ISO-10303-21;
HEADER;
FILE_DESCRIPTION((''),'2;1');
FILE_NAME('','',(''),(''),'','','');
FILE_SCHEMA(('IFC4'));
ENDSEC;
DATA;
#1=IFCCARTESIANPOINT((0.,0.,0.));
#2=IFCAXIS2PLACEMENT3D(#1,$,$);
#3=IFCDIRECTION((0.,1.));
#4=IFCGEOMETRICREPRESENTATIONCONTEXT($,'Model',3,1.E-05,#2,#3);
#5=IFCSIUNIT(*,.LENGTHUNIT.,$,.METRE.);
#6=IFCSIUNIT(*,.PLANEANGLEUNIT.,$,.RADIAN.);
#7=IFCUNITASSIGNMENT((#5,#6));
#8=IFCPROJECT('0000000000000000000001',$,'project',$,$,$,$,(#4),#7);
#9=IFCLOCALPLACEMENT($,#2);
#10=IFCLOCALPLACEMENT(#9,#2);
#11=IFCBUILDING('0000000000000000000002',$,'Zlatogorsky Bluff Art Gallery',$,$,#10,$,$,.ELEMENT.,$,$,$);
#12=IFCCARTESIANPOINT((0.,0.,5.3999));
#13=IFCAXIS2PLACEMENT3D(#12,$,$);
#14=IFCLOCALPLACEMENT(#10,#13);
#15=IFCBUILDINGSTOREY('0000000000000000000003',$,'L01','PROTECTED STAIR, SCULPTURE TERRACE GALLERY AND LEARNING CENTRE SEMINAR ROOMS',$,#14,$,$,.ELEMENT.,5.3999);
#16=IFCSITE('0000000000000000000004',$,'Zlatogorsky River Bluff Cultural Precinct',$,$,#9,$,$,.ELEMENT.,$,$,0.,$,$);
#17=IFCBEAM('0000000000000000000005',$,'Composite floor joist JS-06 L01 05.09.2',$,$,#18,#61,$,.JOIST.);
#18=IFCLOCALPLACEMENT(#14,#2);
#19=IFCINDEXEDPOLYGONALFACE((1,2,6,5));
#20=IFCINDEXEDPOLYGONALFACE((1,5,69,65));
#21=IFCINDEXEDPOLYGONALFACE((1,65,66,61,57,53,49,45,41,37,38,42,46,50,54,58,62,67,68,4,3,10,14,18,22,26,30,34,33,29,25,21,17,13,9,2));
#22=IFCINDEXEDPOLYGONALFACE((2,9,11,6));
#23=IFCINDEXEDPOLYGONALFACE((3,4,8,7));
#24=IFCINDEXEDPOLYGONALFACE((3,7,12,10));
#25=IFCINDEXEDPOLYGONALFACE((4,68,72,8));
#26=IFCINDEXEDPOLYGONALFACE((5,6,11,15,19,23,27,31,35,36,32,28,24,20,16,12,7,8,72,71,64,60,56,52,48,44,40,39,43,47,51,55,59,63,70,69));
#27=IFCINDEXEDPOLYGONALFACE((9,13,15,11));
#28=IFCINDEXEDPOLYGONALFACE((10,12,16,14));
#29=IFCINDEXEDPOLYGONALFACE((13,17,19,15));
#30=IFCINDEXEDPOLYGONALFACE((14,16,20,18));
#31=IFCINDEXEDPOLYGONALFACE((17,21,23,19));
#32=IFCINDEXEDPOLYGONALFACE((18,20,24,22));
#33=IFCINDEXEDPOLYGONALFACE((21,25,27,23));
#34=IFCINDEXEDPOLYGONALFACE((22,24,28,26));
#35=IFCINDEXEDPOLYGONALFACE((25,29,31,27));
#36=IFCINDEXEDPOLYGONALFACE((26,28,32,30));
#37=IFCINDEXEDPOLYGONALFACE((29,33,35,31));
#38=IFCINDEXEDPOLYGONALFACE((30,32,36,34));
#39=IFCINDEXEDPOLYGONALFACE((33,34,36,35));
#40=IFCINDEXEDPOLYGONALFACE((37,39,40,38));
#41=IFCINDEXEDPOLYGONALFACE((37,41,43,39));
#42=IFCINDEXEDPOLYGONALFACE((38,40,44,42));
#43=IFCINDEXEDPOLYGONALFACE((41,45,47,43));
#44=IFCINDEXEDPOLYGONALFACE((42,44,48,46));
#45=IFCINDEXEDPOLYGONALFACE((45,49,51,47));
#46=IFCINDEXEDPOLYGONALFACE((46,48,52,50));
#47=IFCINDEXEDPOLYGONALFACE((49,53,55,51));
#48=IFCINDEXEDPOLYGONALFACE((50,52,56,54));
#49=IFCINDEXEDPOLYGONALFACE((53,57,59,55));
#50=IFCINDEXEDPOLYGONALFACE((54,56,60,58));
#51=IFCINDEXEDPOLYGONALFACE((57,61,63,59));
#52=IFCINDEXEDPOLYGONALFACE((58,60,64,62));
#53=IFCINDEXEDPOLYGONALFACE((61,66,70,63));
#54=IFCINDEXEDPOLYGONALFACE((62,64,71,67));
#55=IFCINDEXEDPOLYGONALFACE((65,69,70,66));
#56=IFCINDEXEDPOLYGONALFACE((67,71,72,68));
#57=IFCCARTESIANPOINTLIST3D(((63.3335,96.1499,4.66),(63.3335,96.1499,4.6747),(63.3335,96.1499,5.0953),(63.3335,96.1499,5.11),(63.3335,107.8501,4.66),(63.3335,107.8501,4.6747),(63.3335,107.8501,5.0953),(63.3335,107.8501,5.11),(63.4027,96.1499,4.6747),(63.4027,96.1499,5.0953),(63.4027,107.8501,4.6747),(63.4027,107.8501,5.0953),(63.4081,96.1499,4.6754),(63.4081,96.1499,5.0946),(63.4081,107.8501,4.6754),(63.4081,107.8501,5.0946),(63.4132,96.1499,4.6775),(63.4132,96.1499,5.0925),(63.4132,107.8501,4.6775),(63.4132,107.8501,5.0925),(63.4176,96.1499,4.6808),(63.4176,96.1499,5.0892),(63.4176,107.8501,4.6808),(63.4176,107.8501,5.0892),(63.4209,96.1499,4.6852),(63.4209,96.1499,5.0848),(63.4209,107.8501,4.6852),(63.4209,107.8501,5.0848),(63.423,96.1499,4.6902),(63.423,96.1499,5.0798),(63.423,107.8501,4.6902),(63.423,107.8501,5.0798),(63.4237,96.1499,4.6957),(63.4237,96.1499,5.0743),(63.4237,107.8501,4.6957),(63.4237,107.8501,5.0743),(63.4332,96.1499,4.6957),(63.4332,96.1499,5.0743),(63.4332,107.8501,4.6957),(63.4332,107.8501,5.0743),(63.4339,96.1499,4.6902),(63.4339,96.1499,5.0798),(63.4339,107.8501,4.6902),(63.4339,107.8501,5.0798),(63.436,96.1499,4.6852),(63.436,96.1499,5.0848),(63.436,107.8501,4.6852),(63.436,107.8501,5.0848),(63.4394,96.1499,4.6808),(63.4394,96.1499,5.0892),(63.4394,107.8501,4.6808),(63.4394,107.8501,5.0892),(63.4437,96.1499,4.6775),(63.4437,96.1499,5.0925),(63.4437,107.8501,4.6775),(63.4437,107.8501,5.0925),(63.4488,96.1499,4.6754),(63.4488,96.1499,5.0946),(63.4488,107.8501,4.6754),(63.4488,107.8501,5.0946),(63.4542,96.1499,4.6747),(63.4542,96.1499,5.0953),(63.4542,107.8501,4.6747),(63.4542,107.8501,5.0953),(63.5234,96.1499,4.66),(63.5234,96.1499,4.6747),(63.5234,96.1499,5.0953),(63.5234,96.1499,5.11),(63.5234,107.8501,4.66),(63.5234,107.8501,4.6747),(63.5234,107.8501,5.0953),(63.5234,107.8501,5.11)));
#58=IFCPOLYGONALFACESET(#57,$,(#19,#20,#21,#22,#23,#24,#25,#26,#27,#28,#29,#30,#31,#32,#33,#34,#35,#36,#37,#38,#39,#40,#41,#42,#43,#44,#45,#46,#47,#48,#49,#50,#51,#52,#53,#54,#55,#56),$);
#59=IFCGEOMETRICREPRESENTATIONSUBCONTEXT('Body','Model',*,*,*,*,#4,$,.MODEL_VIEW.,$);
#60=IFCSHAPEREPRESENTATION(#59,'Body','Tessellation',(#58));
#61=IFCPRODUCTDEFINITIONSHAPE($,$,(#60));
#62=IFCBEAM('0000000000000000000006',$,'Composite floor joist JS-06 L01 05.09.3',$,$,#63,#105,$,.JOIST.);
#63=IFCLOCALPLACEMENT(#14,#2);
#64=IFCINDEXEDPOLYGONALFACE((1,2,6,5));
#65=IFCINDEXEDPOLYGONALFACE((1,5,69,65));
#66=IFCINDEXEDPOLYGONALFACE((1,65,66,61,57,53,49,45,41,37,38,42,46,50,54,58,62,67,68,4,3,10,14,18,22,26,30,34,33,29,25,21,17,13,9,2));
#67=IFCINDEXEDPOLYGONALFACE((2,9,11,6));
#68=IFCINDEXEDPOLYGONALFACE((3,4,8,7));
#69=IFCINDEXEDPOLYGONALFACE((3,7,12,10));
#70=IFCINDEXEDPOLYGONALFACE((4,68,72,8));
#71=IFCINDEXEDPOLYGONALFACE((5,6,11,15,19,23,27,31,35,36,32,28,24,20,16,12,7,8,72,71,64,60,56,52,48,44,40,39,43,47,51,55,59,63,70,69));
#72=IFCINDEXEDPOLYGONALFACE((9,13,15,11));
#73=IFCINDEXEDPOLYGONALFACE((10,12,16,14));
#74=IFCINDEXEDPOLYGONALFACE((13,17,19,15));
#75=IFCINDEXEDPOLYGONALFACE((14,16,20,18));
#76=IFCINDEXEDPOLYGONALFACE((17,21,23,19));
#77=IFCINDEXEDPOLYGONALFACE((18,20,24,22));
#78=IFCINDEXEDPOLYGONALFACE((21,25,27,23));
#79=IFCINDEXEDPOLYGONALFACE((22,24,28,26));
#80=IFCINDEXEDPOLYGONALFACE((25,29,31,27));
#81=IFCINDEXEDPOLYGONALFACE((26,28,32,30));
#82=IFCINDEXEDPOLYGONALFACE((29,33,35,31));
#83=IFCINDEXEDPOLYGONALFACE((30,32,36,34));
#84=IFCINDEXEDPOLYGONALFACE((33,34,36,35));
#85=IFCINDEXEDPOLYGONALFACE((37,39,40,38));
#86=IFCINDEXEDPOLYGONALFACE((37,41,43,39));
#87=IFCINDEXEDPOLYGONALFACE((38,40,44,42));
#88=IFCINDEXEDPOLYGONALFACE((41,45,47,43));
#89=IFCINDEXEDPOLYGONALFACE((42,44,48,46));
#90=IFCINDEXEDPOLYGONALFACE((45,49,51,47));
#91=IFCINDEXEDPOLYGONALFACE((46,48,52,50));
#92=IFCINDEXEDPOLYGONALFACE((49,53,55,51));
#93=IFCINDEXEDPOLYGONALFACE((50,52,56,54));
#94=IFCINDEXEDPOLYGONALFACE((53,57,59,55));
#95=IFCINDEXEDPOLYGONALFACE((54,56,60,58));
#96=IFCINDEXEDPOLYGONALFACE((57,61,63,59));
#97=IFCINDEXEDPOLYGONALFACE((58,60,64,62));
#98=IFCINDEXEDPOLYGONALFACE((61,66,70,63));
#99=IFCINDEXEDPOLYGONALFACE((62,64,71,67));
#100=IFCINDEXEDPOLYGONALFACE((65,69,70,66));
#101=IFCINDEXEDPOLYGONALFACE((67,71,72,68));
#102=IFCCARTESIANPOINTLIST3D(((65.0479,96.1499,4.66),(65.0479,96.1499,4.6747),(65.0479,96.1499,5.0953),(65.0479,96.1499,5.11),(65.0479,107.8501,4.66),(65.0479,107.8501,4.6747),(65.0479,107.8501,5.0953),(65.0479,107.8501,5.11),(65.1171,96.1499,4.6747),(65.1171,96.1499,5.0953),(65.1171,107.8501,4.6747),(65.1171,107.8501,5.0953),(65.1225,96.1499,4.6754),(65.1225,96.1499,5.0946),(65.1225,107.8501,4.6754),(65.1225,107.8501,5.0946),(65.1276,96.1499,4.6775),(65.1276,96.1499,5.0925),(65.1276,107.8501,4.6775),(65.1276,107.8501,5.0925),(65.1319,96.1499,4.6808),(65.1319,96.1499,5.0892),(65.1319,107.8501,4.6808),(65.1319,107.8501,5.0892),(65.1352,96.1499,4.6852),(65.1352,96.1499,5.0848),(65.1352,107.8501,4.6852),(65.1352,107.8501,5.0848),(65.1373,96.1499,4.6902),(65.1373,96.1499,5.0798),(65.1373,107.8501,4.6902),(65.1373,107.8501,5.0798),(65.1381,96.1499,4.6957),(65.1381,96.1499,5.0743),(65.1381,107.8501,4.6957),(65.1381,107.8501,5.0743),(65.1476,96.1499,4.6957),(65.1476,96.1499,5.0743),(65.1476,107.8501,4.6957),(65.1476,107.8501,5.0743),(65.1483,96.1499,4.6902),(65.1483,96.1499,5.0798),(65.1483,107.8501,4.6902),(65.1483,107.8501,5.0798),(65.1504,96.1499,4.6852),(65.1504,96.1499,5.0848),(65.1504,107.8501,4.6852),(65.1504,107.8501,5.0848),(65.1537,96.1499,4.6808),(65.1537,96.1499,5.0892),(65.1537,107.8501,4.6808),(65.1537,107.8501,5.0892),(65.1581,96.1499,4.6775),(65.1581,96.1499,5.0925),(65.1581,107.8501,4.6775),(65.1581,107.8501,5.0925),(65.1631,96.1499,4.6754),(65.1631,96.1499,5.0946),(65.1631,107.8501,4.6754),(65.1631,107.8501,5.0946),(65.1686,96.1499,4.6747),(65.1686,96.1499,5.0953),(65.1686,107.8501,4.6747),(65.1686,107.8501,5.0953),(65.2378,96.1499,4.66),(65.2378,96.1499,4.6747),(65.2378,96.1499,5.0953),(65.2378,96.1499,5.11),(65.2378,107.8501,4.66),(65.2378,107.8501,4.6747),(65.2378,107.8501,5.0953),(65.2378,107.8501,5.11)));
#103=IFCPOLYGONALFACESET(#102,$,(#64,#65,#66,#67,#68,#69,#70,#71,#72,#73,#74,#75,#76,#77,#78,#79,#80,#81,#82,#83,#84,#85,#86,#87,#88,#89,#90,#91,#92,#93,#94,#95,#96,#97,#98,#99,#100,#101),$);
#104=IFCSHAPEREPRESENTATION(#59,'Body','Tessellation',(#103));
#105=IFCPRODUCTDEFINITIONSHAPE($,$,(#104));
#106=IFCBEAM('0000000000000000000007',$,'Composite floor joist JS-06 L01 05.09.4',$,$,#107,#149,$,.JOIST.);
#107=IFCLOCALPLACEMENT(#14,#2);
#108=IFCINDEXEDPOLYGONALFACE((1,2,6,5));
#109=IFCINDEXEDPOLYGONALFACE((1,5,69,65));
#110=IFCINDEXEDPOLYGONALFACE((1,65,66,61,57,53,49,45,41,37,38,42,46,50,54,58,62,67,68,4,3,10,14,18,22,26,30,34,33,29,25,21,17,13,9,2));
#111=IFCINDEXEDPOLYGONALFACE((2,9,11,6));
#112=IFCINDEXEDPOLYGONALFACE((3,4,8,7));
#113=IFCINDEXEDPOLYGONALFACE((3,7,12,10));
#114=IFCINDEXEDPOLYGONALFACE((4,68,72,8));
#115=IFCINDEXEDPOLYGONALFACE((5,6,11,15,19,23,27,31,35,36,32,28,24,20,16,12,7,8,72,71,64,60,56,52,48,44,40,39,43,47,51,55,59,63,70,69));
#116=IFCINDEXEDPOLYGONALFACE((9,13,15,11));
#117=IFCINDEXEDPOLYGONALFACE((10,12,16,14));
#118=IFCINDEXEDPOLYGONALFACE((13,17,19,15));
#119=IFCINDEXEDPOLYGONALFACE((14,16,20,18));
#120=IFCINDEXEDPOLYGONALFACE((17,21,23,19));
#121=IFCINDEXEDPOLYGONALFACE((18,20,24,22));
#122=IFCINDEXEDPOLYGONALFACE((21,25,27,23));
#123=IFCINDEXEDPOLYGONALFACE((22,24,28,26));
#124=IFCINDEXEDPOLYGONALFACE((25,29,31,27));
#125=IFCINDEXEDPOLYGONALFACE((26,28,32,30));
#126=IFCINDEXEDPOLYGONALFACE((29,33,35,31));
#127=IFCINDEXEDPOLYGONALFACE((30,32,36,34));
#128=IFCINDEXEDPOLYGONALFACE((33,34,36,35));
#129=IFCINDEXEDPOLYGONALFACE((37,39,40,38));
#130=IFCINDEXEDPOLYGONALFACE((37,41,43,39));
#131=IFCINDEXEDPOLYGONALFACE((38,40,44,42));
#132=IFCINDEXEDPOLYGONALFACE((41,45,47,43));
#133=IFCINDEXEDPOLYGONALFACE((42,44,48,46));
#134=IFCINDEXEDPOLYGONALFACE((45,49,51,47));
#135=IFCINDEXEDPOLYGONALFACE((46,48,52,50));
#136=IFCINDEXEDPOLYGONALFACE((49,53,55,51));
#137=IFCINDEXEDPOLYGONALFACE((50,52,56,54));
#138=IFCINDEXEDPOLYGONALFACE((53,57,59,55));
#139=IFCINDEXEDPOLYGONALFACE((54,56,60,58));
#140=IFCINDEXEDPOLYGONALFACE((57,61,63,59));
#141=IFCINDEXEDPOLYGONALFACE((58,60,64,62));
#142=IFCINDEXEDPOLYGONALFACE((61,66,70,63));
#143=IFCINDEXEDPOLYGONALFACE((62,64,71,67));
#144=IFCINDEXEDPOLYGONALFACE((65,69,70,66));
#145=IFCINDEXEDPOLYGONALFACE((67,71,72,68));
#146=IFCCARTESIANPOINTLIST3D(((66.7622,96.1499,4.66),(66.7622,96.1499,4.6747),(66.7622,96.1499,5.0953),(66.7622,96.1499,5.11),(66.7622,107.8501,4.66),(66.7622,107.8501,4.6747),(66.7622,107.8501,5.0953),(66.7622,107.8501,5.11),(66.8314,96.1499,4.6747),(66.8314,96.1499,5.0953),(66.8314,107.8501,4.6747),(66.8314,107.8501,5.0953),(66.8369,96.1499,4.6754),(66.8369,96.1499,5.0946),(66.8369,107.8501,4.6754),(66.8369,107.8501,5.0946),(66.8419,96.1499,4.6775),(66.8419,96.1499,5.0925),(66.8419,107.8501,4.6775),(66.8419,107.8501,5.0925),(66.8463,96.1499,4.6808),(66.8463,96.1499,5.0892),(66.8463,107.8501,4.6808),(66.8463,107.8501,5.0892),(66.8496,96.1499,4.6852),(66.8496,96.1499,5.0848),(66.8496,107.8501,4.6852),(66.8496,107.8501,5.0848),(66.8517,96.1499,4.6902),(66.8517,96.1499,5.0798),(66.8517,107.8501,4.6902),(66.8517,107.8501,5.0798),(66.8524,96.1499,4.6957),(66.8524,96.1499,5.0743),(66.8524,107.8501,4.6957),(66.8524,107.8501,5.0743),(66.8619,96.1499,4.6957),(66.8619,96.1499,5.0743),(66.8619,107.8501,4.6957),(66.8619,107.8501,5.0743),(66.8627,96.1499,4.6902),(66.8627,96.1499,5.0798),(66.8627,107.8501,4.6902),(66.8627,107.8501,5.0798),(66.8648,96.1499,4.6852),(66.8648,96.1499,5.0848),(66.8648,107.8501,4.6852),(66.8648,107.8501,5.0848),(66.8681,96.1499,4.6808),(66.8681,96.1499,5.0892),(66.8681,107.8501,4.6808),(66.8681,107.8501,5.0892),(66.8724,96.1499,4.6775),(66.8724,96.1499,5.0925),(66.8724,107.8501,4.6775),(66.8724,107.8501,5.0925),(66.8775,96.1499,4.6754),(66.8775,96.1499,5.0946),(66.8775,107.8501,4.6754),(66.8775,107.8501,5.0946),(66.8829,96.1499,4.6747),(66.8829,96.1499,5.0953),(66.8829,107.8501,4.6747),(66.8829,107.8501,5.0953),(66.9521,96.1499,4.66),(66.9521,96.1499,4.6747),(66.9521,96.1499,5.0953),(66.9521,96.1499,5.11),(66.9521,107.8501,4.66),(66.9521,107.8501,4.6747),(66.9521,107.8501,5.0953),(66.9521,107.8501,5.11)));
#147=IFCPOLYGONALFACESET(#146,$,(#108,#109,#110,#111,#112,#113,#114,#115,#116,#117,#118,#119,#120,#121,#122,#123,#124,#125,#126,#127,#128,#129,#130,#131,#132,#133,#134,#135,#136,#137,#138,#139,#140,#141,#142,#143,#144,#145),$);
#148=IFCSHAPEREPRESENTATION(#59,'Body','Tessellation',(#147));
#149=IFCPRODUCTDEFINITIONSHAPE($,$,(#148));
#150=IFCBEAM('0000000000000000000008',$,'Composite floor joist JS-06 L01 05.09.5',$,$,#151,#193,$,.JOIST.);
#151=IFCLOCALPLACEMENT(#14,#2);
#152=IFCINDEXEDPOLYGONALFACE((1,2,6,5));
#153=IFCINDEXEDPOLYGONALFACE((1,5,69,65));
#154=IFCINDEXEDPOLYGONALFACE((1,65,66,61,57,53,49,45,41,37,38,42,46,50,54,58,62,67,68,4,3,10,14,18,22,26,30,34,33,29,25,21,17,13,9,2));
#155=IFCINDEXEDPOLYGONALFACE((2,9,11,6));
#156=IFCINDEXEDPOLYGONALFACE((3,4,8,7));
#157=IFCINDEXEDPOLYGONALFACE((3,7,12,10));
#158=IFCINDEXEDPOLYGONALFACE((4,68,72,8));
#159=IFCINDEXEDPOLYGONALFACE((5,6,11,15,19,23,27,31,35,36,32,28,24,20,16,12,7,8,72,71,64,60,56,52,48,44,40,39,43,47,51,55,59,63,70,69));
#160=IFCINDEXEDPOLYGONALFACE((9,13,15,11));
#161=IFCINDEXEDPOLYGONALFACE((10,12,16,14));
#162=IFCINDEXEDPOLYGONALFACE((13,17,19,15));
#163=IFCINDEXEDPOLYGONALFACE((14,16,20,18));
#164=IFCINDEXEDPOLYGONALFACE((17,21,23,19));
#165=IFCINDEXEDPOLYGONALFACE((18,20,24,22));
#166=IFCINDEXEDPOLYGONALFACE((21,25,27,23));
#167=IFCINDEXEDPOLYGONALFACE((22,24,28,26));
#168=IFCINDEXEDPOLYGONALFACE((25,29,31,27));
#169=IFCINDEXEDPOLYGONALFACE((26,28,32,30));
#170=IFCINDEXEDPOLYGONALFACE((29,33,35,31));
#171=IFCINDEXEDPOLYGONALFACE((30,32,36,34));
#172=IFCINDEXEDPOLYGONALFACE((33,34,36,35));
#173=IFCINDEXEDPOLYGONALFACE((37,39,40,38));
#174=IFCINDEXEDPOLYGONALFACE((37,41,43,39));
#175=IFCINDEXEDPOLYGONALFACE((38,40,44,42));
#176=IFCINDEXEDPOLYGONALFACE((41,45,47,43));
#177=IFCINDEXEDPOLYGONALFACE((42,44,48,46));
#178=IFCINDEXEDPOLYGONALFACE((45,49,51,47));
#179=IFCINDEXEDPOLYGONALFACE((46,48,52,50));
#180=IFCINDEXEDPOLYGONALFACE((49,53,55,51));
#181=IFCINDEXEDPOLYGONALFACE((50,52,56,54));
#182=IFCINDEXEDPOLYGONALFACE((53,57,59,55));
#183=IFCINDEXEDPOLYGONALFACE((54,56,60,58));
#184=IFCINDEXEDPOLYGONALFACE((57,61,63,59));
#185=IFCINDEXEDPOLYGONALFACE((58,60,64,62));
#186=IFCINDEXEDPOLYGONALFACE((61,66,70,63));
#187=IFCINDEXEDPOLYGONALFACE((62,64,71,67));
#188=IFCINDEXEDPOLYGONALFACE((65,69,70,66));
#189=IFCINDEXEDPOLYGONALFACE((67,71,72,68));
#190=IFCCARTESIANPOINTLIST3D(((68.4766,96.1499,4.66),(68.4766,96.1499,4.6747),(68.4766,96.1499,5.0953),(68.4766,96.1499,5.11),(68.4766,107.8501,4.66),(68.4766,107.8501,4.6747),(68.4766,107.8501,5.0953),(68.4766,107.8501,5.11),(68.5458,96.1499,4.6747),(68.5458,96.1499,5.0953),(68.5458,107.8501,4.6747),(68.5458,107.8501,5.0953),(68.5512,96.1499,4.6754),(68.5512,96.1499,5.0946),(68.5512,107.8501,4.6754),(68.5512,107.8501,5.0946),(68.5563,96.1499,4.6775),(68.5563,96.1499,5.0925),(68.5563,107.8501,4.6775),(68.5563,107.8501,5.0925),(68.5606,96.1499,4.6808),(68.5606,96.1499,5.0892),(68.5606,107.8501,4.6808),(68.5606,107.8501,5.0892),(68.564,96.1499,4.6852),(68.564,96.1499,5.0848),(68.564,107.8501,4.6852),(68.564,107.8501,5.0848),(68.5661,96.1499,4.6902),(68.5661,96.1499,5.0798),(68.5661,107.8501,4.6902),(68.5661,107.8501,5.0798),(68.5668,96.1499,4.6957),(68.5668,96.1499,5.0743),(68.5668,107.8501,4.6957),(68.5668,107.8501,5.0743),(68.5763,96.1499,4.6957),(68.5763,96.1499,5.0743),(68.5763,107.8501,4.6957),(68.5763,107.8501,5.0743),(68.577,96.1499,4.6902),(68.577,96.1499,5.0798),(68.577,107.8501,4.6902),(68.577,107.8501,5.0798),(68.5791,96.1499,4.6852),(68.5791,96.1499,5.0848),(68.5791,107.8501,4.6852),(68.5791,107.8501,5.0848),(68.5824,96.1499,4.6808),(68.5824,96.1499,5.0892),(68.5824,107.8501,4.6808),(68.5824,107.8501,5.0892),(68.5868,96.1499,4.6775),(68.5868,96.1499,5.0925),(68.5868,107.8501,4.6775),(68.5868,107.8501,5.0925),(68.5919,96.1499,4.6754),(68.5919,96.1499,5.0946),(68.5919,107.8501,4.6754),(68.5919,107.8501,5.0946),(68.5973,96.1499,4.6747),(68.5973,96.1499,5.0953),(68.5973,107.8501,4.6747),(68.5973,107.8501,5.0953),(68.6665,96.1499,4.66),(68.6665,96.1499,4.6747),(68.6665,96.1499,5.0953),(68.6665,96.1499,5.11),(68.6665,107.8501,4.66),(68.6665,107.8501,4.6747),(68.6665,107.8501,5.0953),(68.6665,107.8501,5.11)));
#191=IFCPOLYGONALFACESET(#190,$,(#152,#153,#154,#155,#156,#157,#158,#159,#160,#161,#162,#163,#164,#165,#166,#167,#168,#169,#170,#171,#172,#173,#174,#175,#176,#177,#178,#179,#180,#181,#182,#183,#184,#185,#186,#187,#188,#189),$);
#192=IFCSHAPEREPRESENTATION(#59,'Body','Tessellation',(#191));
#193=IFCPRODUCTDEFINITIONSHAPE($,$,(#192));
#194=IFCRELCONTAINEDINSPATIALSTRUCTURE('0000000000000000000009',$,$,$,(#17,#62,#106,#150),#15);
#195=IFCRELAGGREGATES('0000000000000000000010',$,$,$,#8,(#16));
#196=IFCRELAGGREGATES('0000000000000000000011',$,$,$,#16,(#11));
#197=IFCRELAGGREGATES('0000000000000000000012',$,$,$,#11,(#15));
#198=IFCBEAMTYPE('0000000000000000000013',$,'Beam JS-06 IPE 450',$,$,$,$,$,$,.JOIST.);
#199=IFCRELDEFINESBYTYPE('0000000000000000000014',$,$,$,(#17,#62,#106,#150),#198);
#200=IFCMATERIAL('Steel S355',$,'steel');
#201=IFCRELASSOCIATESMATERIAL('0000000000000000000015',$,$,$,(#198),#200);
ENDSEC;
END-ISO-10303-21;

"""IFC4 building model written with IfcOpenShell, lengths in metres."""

from ifc_helpers import new_model, si_unit, direction, frame, origin, origin_2d, place, context, subcontext, project, spatial, i_section, extrude, material, material_profile, profile_set, type_object, element, save


model = new_model("IFC4")

# Units and contexts
model_context = context("Model", 3, precision=1e-05, world=origin(), true_north=direction((0.0, 1.0)))
body_context = subcontext(model_context, "Body", "Model", "MODEL_VIEW")
ifc_project = project(units=[si_unit("LENGTHUNIT", "METRE"), si_unit("PLANEANGLEUNIT", "RADIAN")], contexts=[model_context])

# Site, building, storey
site_placement = place(None, origin())
site = spatial("IfcSite", under=ifc_project, at=site_placement, Name="Zlatogorsky River Bluff Cultural Precinct", CompositionType="ELEMENT", RefElevation=0.0)
building_placement = place(site_placement, origin())
building = spatial("IfcBuilding", under=site, at=building_placement, Name="Zlatogorsky Bluff Art Gallery", CompositionType="ELEMENT")
storey_placement = place(building_placement, frame((0.0, 0.0, 5.3999)))
storey = spatial("IfcBuildingStorey", under=building, at=storey_placement, Name="L01", Description="PROTECTED STAIR, SCULPTURE TERRACE GALLERY AND LEARNING CENTRE SEMINAR ROOMS", CompositionType="ELEMENT", Elevation=5.3999)

# Shared definitions
ifc_material_1 = material(Name="Steel S355", Category="steel")

# Beams
ifc_material_profile_1 = material_profile(ifc_material_1, i_section(OverallWidth=0.1899, OverallDepth=0.45, WebThickness=0.0095, FlangeThickness=0.0146, FilletRadius=0.021, at=origin_2d()), Name="IPE 450")
ifc_profile_set_1 = profile_set([ifc_material_profile_1], Name="Steel S355")
beam_type_1 = type_object("IfcBeamType", Name="Beam JS-06 IPE 450", PredefinedType="JOIST", material=ifc_profile_set_1)
for number, where, z_axis, x_axis, name in (
    (1, (63.4285, 96.1499, 4.885), (0.0, 1.0, 0.0), (-1.0, 0.0, 0.0), "Composite floor joist JS-06 L01 05.09.2"),
    (2, (65.1428, 96.1499, 4.885), (0.0, 1.0, 0.0), (-1.0, 0.0, 0.0), "Composite floor joist JS-06 L01 05.09.3"),
    (3, (66.8572, 96.1499, 4.885), (0.0, 1.0, 0.0), (-1.0, 0.0, 0.0), "Composite floor joist JS-06 L01 05.09.4"),
    (4, (68.5715, 96.1499, 4.885), (0.0, 1.0, 0.0), (-1.0, 0.0, 0.0), "Composite floor joist JS-06 L01 05.09.5"),
):
    element("IfcBeam", number, at=place(storey_placement, frame(where, z_axis=z_axis, x_axis=x_axis)), inside=storey, type_object=beam_type_1, Name=name, PredefinedType="JOIST", context=body_context, shape_type="SweptSolid", body=[
        extrude(i_section(OverallWidth=0.1899, OverallDepth=0.45, WebThickness=0.0095, FlangeThickness=0.0146, FilletRadius=0.021, at=origin_2d()), origin(), (0.0, 0.0, 1.0), 11.7002),
    ])

save(model, "model.ifc")
